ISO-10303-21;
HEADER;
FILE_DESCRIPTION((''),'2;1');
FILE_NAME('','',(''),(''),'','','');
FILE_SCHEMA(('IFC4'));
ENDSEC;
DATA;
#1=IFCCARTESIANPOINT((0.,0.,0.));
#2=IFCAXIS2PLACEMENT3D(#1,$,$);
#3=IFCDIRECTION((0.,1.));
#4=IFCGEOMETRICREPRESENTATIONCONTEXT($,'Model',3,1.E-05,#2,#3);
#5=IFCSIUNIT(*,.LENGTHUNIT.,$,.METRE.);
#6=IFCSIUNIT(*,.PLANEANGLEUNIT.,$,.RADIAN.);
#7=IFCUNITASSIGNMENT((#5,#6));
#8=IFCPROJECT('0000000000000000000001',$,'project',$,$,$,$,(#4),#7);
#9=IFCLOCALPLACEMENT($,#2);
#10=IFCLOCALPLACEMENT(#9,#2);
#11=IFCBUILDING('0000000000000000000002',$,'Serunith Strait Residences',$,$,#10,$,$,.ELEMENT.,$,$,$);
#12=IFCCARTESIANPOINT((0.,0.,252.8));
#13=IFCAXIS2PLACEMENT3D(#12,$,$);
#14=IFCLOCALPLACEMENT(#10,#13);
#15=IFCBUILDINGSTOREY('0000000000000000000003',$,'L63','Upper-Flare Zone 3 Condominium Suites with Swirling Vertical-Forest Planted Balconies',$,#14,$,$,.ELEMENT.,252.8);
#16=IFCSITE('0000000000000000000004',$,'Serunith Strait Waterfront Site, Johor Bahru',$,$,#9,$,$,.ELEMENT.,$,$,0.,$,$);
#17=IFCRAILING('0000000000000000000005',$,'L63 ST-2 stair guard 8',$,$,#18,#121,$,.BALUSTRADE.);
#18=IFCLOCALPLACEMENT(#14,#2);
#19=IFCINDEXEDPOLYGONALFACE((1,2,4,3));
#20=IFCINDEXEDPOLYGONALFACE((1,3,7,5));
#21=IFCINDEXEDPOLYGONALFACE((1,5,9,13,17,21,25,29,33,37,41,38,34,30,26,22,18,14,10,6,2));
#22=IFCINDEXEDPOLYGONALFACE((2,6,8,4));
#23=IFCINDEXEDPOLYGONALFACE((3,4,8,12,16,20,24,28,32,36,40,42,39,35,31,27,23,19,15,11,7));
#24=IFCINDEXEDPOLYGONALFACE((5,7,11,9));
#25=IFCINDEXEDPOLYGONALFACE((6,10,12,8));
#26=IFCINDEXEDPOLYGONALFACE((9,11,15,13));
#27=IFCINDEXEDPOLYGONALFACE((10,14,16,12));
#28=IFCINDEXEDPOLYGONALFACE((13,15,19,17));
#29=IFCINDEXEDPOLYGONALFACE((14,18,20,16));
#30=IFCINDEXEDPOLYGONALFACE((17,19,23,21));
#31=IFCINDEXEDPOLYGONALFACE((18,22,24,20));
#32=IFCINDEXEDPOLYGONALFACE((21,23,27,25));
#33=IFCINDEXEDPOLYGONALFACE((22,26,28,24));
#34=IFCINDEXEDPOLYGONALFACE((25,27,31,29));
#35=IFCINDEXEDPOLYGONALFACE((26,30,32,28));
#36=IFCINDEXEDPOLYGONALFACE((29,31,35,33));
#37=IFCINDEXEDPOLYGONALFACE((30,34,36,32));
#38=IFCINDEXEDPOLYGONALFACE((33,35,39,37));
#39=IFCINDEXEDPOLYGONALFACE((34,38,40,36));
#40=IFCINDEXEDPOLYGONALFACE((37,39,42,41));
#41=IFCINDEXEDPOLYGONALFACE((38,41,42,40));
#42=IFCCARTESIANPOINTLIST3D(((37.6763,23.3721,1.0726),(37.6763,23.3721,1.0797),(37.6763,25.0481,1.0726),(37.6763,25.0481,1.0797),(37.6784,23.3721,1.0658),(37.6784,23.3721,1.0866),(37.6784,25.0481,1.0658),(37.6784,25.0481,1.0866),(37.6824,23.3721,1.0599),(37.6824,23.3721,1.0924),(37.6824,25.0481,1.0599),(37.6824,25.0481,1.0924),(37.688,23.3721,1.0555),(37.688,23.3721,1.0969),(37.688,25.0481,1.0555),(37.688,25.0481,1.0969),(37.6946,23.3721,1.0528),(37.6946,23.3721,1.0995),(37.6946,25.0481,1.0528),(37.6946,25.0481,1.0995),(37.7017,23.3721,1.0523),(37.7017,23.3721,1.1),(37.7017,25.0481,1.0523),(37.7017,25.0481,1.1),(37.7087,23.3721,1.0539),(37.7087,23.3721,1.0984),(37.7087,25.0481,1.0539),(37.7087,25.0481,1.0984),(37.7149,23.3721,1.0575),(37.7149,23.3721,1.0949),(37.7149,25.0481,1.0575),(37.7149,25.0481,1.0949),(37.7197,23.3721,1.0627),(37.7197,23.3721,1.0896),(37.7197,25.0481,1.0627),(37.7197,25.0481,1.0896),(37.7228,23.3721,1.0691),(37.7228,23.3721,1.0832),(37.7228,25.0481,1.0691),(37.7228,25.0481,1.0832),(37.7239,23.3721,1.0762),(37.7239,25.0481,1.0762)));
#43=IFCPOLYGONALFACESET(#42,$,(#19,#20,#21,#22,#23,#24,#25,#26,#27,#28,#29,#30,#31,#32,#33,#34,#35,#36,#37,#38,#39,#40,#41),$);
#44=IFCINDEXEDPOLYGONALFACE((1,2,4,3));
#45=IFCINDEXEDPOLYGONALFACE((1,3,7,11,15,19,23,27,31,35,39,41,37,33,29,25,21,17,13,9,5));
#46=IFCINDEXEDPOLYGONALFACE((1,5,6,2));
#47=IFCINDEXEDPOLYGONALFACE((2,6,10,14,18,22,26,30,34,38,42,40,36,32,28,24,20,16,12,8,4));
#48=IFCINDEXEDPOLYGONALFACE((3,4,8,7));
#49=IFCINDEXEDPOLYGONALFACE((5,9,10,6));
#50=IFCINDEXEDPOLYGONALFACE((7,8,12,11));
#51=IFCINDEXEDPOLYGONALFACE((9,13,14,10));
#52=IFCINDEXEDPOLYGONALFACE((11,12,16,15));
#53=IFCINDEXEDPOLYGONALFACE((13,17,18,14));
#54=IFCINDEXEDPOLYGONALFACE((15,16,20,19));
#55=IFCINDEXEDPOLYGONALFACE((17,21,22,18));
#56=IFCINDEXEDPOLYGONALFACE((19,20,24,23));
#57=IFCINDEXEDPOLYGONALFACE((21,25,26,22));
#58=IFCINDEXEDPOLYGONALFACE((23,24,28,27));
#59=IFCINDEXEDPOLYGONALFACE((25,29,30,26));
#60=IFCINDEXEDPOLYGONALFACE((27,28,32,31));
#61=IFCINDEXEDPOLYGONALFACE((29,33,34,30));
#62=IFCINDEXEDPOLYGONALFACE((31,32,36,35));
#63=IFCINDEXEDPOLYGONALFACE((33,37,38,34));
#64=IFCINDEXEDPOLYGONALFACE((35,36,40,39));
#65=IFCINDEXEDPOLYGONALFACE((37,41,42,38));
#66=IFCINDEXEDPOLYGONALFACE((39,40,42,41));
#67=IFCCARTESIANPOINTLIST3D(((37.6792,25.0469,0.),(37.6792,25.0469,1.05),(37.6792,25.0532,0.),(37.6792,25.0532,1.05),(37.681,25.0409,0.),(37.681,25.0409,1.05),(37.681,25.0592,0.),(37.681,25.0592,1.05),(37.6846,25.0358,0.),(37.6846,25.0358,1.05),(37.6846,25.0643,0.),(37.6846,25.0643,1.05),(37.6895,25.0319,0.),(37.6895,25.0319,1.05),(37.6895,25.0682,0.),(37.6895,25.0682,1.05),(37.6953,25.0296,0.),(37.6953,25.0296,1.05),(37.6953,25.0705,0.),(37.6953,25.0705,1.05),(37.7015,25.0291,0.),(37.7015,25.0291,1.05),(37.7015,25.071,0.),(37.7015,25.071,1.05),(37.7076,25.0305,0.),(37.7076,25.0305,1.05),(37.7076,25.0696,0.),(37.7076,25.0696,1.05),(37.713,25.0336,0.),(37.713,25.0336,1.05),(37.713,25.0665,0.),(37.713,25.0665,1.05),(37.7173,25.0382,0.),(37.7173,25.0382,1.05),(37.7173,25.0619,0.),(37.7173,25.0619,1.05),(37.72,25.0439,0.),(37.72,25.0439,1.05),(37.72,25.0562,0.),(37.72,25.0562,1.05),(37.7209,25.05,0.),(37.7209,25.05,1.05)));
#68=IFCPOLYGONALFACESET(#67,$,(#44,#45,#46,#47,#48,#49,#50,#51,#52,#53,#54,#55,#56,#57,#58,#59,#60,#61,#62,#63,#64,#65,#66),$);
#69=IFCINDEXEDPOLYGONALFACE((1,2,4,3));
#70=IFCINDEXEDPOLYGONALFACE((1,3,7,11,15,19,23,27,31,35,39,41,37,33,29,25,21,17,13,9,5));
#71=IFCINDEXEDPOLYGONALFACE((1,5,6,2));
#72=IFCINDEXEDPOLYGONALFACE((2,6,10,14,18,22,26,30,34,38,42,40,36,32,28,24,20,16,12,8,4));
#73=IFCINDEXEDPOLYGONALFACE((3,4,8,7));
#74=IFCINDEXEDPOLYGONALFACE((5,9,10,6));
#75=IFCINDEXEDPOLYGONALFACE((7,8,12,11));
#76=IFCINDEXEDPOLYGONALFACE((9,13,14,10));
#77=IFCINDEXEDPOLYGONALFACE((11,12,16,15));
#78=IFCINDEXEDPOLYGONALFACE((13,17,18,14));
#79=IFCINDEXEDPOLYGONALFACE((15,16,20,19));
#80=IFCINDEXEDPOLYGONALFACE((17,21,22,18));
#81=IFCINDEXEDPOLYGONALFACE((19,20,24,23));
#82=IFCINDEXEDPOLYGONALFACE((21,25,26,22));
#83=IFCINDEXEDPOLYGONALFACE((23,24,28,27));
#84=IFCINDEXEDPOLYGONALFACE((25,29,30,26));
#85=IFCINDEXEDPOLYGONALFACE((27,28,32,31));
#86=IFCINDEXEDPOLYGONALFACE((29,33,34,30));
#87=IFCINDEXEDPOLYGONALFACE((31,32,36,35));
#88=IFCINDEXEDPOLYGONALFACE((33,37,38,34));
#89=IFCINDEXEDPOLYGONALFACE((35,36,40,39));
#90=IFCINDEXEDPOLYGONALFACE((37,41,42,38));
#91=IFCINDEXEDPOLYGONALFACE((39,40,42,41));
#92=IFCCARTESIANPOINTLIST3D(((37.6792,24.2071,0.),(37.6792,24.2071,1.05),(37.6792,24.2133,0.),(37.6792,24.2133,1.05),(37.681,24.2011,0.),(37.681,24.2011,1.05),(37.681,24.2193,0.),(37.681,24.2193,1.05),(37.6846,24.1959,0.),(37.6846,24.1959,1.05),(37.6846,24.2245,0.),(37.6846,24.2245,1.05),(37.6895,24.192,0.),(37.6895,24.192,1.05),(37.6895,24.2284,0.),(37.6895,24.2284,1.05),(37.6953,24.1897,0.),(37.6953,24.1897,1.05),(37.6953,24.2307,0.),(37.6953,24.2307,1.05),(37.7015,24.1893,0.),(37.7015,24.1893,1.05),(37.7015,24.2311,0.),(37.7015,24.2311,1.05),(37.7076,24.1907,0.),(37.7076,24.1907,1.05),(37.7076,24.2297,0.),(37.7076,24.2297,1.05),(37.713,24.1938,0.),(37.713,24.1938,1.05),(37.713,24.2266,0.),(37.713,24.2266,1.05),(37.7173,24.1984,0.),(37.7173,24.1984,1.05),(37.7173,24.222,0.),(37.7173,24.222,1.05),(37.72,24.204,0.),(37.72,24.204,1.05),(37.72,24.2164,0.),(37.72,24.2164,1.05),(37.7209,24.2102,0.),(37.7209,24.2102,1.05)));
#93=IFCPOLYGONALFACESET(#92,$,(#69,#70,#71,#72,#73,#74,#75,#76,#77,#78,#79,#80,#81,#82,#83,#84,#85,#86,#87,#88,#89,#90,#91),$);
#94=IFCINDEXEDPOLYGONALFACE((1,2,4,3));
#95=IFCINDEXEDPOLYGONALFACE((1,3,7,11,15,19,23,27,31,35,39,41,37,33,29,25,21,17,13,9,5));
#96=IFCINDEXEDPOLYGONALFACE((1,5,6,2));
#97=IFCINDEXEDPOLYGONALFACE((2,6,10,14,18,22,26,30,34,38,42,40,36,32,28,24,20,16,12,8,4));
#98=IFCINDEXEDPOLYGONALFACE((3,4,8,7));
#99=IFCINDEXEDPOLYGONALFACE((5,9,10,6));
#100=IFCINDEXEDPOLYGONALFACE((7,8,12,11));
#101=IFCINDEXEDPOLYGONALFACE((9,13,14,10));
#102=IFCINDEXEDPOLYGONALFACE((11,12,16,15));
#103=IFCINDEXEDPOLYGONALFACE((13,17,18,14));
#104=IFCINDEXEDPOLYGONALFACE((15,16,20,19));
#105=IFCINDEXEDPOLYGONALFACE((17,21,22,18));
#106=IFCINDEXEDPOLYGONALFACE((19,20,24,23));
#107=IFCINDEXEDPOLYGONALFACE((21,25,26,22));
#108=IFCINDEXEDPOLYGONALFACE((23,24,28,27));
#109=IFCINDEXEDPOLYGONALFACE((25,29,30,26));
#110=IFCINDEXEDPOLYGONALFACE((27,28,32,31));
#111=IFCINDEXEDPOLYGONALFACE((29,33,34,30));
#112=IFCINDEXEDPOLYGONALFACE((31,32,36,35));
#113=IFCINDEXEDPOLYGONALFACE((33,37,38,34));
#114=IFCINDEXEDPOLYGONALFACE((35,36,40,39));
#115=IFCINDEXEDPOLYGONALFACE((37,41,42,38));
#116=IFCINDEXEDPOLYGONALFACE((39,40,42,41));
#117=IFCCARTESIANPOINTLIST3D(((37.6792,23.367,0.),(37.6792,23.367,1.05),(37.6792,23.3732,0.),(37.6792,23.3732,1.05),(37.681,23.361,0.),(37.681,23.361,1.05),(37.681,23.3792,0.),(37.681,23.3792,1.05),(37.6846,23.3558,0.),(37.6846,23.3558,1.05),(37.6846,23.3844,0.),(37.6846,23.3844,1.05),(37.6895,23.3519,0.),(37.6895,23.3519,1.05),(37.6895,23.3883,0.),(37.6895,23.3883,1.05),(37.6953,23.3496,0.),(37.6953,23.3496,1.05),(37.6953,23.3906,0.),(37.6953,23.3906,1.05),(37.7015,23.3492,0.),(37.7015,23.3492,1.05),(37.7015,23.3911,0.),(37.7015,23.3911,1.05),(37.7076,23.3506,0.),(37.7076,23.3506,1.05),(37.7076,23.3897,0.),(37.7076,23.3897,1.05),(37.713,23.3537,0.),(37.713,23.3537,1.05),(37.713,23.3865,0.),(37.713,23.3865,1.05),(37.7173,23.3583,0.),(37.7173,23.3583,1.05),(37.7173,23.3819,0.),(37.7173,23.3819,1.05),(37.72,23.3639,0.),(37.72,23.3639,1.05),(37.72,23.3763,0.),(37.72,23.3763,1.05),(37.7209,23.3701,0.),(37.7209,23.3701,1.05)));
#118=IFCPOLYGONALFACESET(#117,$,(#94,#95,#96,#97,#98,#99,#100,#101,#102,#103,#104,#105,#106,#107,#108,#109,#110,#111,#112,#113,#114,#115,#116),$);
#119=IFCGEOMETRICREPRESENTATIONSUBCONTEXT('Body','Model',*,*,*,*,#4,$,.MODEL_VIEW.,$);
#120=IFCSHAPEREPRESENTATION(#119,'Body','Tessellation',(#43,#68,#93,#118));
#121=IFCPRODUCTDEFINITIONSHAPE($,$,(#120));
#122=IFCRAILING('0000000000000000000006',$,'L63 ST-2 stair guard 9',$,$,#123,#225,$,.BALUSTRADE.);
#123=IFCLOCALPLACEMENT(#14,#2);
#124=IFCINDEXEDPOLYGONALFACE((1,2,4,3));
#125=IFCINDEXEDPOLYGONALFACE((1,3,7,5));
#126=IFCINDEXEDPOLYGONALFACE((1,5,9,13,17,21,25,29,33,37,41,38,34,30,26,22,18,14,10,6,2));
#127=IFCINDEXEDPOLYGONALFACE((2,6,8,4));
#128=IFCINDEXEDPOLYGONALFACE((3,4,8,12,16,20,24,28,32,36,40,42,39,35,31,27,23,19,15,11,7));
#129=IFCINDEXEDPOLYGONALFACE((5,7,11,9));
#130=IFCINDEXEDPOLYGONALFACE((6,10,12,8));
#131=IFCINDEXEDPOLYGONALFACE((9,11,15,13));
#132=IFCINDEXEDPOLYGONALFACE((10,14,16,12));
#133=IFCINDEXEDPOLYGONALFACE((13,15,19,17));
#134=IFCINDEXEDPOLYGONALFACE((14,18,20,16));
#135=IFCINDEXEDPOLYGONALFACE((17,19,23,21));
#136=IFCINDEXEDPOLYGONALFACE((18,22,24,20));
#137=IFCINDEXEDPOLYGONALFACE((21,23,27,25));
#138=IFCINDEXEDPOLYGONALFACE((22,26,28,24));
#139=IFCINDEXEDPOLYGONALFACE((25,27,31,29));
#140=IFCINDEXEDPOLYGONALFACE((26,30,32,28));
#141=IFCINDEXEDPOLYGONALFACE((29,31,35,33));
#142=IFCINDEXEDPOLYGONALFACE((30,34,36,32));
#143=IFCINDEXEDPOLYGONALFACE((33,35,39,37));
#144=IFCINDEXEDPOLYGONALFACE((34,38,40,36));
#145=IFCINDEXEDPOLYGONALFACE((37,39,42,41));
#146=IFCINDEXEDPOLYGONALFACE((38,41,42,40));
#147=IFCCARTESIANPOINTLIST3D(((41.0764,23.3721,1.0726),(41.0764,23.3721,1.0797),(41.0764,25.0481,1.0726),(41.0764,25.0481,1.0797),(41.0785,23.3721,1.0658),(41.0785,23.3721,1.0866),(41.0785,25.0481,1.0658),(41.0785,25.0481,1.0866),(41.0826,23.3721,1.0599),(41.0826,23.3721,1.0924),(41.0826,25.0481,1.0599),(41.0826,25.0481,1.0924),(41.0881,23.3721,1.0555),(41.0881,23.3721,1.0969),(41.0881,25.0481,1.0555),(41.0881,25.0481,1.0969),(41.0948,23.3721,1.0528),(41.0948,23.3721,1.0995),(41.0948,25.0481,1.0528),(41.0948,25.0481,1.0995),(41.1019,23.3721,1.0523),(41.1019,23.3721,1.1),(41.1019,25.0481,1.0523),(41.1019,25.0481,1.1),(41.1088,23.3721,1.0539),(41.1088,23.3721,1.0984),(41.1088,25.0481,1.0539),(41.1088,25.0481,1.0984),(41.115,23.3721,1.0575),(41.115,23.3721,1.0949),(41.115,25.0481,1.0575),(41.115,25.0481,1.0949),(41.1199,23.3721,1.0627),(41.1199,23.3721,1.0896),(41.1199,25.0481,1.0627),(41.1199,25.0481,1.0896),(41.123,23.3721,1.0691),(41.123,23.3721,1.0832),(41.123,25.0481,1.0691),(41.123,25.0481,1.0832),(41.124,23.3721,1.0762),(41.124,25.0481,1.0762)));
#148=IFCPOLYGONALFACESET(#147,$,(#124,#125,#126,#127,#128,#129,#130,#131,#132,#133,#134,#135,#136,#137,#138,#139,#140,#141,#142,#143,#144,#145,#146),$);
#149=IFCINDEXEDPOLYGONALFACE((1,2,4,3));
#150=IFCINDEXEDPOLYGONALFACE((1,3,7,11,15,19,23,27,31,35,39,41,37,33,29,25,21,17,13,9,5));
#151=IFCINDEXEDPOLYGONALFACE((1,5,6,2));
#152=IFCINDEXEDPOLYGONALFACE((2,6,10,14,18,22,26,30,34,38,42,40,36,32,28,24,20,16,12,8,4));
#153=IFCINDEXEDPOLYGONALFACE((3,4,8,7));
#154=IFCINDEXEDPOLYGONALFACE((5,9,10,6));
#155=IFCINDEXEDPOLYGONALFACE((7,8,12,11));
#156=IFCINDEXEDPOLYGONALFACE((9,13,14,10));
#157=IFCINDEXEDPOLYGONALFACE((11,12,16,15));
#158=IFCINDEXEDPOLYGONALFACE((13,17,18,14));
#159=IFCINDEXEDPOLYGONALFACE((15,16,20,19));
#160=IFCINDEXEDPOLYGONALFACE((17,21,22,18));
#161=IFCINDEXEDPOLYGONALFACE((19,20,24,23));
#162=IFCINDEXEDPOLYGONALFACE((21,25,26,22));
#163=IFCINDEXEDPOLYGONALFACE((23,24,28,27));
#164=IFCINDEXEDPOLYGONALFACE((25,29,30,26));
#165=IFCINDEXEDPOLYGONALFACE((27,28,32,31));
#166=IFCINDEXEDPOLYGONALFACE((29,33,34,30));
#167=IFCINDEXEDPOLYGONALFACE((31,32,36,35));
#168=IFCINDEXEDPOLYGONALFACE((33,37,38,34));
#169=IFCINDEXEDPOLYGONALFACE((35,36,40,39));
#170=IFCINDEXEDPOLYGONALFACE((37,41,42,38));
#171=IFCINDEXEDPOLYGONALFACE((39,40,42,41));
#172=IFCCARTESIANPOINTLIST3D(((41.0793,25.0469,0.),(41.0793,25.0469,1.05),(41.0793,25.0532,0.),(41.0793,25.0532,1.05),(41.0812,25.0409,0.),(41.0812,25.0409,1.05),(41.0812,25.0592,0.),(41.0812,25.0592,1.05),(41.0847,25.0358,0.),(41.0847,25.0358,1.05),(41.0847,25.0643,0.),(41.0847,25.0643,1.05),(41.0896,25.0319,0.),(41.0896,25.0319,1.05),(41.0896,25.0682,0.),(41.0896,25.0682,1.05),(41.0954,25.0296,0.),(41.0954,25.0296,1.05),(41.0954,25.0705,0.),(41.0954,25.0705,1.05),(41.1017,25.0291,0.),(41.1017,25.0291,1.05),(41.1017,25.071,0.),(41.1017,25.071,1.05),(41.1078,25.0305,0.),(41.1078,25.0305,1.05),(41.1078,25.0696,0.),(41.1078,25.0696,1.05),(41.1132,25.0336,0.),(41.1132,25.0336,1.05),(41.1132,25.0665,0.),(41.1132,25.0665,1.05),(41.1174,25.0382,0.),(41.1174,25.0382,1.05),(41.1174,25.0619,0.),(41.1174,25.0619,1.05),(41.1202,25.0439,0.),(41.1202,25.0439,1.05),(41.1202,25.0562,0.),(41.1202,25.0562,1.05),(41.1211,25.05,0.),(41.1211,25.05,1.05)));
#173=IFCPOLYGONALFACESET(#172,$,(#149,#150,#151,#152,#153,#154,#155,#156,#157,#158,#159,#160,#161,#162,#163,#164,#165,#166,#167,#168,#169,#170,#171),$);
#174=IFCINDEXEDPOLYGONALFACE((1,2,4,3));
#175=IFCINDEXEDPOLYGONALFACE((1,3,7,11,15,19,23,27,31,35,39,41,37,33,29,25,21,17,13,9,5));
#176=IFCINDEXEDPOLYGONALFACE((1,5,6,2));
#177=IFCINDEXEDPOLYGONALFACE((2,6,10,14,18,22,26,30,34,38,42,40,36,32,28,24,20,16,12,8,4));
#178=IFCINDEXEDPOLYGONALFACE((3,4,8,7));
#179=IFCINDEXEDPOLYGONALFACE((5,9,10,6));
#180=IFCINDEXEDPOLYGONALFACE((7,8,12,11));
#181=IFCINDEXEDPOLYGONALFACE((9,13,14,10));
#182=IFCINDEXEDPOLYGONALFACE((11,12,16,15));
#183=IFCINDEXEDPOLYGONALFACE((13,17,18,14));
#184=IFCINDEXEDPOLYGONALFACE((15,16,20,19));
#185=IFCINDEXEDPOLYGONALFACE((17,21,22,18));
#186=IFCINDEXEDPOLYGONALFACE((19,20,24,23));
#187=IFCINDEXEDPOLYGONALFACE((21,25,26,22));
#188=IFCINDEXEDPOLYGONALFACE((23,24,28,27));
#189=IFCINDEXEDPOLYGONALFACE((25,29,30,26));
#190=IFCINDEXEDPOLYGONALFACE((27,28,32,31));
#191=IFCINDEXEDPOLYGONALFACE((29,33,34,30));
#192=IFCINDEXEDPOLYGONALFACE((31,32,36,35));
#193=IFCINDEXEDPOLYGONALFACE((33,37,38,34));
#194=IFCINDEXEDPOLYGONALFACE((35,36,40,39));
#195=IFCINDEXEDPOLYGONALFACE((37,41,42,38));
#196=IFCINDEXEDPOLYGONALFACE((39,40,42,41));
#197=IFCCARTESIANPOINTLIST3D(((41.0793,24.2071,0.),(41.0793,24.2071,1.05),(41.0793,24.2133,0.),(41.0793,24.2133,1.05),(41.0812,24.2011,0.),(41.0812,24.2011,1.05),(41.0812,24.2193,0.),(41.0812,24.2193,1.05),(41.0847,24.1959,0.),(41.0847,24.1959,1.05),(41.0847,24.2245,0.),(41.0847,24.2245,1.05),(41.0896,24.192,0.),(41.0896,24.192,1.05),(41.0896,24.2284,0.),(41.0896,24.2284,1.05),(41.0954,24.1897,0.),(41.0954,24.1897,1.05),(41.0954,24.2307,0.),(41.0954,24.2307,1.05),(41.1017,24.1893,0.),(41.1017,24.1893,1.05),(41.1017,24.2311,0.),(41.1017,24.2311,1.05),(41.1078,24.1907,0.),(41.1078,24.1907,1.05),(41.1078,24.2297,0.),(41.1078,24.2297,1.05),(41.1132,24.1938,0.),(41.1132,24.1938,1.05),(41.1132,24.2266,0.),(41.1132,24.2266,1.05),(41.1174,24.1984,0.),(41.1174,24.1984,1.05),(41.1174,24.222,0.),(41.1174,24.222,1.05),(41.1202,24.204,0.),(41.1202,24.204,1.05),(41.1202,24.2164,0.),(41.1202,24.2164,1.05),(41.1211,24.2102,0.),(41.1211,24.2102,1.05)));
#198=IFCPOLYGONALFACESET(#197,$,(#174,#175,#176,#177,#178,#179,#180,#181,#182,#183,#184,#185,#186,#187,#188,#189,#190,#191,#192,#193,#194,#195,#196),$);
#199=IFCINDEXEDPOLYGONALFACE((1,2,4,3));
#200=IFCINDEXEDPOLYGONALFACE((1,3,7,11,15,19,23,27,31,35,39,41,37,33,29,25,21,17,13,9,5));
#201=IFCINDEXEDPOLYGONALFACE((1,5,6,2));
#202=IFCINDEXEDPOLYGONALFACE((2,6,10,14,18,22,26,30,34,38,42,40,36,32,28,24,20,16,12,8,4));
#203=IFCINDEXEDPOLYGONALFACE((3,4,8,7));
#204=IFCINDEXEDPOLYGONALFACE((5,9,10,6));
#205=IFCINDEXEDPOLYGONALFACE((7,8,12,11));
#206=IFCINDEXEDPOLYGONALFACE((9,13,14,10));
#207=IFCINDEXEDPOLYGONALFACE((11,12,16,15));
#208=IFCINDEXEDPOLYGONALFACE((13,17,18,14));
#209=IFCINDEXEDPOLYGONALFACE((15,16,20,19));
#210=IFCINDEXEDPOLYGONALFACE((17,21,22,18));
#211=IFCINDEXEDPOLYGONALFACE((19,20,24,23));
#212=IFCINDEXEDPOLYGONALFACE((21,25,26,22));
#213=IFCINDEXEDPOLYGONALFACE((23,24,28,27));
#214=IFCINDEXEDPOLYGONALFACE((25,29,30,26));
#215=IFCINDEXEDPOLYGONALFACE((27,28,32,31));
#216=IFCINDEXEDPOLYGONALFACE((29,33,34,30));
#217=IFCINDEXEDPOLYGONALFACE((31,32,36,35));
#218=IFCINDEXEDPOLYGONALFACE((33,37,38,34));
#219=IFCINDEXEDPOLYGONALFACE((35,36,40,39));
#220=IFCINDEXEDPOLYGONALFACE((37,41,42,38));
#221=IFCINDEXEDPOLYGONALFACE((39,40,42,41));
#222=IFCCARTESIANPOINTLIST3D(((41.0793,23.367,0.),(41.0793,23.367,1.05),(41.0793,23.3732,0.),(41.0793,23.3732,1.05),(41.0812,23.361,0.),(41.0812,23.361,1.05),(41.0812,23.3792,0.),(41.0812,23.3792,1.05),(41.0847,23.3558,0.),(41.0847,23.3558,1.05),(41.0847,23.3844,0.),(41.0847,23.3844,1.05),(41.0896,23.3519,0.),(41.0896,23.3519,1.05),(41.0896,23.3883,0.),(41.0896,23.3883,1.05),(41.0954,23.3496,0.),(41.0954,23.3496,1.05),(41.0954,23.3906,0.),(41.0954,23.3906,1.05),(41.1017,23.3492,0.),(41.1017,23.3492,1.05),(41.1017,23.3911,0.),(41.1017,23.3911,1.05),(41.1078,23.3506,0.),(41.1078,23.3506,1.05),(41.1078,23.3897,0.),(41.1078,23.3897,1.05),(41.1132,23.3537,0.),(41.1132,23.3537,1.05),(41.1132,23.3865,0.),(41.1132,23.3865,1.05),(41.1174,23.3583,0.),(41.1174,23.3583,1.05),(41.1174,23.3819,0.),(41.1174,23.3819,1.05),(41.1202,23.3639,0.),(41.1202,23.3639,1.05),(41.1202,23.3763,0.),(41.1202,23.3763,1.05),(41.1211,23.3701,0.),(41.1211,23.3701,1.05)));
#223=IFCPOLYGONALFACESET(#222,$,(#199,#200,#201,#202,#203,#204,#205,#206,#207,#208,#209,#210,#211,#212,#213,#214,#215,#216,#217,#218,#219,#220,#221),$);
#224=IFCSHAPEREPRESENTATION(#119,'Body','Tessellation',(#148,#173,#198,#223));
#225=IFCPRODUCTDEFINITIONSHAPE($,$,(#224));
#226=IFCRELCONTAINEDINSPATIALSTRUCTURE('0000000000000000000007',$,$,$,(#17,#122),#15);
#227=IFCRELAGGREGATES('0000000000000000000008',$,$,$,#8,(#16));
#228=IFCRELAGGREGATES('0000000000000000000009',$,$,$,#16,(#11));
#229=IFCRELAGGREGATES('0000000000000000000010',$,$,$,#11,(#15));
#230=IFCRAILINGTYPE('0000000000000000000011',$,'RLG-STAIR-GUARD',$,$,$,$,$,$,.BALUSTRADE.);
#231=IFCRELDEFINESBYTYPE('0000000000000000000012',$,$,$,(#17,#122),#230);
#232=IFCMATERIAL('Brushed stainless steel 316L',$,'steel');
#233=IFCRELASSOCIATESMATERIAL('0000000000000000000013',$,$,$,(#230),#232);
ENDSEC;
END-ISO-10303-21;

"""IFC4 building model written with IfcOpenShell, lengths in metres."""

from ifc_helpers import new_model, si_unit, direction, frame, origin, origin_2d, place, context, subcontext, project, spatial, circle, extrude, material, type_object, element, save


model = new_model("IFC4")

# Units and contexts
model_context = context("Model", 3, precision=1e-05, world=origin(), true_north=direction((0.0, 1.0)))
body_context = subcontext(model_context, "Body", "Model", "MODEL_VIEW")
ifc_project = project(units=[si_unit("LENGTHUNIT", "METRE"), si_unit("PLANEANGLEUNIT", "RADIAN")], contexts=[model_context])

# Site, building, storey
site_placement = place(None, origin())
site = spatial("IfcSite", under=ifc_project, at=site_placement, Name="Serunith Strait Waterfront Site, Johor Bahru", CompositionType="ELEMENT", RefElevation=0.0)
building_placement = place(site_placement, origin())
building = spatial("IfcBuilding", under=site, at=building_placement, Name="Serunith Strait Residences", CompositionType="ELEMENT")
storey_placement = place(building_placement, frame((0.0, 0.0, 252.8)))
storey = spatial("IfcBuildingStorey", under=building, at=storey_placement, Name="L63", Description="Upper-Flare Zone 3 Condominium Suites with Swirling Vertical-Forest Planted Balconies", CompositionType="ELEMENT", Elevation=252.8)

# Railings
ifc_material_1 = material(Name="Brushed stainless steel 316L", Category="steel")
railing_type = type_object("IfcRailingType", Name="RLG-STAIR-GUARD", PredefinedType="BALUSTRADE", material=ifc_material_1)
for number, where, name in (
    (1, (37.7, 25.05, 0.0), "L63 ST-2 stair guard 8"),
    (2, (41.1001, 25.05, 0.0), "L63 ST-2 stair guard 9"),
):
    element("IfcRailing", number, at=place(storey_placement, frame(where)), inside=storey, type_object=railing_type, Name=name, PredefinedType="BALUSTRADE", context=body_context, shape_type="SweptSolid", body=[
        extrude(circle(Radius=0.0239, at=origin_2d()), frame((0.0, -0.002, 1.0762), z_axis=(0.0, -1.0, 0.0), x_axis=(1.0, 0.0, 0.0)), (0.0, 0.0, 1.0), 1.676),
        extrude(circle(Radius=0.021, at=origin_2d()), origin(), (0.0, 0.0, 1.0), 1.05),
        extrude(circle(Radius=0.021, at=origin_2d()), frame((0.0, -0.8398, 0.0)), (0.0, 0.0, 1.0), 1.05),
        extrude(circle(Radius=0.021, at=origin_2d()), frame((0.0, -1.6799, 0.0)), (0.0, 0.0, 1.0), 1.05),
    ])

save(model, "model.ifc")
